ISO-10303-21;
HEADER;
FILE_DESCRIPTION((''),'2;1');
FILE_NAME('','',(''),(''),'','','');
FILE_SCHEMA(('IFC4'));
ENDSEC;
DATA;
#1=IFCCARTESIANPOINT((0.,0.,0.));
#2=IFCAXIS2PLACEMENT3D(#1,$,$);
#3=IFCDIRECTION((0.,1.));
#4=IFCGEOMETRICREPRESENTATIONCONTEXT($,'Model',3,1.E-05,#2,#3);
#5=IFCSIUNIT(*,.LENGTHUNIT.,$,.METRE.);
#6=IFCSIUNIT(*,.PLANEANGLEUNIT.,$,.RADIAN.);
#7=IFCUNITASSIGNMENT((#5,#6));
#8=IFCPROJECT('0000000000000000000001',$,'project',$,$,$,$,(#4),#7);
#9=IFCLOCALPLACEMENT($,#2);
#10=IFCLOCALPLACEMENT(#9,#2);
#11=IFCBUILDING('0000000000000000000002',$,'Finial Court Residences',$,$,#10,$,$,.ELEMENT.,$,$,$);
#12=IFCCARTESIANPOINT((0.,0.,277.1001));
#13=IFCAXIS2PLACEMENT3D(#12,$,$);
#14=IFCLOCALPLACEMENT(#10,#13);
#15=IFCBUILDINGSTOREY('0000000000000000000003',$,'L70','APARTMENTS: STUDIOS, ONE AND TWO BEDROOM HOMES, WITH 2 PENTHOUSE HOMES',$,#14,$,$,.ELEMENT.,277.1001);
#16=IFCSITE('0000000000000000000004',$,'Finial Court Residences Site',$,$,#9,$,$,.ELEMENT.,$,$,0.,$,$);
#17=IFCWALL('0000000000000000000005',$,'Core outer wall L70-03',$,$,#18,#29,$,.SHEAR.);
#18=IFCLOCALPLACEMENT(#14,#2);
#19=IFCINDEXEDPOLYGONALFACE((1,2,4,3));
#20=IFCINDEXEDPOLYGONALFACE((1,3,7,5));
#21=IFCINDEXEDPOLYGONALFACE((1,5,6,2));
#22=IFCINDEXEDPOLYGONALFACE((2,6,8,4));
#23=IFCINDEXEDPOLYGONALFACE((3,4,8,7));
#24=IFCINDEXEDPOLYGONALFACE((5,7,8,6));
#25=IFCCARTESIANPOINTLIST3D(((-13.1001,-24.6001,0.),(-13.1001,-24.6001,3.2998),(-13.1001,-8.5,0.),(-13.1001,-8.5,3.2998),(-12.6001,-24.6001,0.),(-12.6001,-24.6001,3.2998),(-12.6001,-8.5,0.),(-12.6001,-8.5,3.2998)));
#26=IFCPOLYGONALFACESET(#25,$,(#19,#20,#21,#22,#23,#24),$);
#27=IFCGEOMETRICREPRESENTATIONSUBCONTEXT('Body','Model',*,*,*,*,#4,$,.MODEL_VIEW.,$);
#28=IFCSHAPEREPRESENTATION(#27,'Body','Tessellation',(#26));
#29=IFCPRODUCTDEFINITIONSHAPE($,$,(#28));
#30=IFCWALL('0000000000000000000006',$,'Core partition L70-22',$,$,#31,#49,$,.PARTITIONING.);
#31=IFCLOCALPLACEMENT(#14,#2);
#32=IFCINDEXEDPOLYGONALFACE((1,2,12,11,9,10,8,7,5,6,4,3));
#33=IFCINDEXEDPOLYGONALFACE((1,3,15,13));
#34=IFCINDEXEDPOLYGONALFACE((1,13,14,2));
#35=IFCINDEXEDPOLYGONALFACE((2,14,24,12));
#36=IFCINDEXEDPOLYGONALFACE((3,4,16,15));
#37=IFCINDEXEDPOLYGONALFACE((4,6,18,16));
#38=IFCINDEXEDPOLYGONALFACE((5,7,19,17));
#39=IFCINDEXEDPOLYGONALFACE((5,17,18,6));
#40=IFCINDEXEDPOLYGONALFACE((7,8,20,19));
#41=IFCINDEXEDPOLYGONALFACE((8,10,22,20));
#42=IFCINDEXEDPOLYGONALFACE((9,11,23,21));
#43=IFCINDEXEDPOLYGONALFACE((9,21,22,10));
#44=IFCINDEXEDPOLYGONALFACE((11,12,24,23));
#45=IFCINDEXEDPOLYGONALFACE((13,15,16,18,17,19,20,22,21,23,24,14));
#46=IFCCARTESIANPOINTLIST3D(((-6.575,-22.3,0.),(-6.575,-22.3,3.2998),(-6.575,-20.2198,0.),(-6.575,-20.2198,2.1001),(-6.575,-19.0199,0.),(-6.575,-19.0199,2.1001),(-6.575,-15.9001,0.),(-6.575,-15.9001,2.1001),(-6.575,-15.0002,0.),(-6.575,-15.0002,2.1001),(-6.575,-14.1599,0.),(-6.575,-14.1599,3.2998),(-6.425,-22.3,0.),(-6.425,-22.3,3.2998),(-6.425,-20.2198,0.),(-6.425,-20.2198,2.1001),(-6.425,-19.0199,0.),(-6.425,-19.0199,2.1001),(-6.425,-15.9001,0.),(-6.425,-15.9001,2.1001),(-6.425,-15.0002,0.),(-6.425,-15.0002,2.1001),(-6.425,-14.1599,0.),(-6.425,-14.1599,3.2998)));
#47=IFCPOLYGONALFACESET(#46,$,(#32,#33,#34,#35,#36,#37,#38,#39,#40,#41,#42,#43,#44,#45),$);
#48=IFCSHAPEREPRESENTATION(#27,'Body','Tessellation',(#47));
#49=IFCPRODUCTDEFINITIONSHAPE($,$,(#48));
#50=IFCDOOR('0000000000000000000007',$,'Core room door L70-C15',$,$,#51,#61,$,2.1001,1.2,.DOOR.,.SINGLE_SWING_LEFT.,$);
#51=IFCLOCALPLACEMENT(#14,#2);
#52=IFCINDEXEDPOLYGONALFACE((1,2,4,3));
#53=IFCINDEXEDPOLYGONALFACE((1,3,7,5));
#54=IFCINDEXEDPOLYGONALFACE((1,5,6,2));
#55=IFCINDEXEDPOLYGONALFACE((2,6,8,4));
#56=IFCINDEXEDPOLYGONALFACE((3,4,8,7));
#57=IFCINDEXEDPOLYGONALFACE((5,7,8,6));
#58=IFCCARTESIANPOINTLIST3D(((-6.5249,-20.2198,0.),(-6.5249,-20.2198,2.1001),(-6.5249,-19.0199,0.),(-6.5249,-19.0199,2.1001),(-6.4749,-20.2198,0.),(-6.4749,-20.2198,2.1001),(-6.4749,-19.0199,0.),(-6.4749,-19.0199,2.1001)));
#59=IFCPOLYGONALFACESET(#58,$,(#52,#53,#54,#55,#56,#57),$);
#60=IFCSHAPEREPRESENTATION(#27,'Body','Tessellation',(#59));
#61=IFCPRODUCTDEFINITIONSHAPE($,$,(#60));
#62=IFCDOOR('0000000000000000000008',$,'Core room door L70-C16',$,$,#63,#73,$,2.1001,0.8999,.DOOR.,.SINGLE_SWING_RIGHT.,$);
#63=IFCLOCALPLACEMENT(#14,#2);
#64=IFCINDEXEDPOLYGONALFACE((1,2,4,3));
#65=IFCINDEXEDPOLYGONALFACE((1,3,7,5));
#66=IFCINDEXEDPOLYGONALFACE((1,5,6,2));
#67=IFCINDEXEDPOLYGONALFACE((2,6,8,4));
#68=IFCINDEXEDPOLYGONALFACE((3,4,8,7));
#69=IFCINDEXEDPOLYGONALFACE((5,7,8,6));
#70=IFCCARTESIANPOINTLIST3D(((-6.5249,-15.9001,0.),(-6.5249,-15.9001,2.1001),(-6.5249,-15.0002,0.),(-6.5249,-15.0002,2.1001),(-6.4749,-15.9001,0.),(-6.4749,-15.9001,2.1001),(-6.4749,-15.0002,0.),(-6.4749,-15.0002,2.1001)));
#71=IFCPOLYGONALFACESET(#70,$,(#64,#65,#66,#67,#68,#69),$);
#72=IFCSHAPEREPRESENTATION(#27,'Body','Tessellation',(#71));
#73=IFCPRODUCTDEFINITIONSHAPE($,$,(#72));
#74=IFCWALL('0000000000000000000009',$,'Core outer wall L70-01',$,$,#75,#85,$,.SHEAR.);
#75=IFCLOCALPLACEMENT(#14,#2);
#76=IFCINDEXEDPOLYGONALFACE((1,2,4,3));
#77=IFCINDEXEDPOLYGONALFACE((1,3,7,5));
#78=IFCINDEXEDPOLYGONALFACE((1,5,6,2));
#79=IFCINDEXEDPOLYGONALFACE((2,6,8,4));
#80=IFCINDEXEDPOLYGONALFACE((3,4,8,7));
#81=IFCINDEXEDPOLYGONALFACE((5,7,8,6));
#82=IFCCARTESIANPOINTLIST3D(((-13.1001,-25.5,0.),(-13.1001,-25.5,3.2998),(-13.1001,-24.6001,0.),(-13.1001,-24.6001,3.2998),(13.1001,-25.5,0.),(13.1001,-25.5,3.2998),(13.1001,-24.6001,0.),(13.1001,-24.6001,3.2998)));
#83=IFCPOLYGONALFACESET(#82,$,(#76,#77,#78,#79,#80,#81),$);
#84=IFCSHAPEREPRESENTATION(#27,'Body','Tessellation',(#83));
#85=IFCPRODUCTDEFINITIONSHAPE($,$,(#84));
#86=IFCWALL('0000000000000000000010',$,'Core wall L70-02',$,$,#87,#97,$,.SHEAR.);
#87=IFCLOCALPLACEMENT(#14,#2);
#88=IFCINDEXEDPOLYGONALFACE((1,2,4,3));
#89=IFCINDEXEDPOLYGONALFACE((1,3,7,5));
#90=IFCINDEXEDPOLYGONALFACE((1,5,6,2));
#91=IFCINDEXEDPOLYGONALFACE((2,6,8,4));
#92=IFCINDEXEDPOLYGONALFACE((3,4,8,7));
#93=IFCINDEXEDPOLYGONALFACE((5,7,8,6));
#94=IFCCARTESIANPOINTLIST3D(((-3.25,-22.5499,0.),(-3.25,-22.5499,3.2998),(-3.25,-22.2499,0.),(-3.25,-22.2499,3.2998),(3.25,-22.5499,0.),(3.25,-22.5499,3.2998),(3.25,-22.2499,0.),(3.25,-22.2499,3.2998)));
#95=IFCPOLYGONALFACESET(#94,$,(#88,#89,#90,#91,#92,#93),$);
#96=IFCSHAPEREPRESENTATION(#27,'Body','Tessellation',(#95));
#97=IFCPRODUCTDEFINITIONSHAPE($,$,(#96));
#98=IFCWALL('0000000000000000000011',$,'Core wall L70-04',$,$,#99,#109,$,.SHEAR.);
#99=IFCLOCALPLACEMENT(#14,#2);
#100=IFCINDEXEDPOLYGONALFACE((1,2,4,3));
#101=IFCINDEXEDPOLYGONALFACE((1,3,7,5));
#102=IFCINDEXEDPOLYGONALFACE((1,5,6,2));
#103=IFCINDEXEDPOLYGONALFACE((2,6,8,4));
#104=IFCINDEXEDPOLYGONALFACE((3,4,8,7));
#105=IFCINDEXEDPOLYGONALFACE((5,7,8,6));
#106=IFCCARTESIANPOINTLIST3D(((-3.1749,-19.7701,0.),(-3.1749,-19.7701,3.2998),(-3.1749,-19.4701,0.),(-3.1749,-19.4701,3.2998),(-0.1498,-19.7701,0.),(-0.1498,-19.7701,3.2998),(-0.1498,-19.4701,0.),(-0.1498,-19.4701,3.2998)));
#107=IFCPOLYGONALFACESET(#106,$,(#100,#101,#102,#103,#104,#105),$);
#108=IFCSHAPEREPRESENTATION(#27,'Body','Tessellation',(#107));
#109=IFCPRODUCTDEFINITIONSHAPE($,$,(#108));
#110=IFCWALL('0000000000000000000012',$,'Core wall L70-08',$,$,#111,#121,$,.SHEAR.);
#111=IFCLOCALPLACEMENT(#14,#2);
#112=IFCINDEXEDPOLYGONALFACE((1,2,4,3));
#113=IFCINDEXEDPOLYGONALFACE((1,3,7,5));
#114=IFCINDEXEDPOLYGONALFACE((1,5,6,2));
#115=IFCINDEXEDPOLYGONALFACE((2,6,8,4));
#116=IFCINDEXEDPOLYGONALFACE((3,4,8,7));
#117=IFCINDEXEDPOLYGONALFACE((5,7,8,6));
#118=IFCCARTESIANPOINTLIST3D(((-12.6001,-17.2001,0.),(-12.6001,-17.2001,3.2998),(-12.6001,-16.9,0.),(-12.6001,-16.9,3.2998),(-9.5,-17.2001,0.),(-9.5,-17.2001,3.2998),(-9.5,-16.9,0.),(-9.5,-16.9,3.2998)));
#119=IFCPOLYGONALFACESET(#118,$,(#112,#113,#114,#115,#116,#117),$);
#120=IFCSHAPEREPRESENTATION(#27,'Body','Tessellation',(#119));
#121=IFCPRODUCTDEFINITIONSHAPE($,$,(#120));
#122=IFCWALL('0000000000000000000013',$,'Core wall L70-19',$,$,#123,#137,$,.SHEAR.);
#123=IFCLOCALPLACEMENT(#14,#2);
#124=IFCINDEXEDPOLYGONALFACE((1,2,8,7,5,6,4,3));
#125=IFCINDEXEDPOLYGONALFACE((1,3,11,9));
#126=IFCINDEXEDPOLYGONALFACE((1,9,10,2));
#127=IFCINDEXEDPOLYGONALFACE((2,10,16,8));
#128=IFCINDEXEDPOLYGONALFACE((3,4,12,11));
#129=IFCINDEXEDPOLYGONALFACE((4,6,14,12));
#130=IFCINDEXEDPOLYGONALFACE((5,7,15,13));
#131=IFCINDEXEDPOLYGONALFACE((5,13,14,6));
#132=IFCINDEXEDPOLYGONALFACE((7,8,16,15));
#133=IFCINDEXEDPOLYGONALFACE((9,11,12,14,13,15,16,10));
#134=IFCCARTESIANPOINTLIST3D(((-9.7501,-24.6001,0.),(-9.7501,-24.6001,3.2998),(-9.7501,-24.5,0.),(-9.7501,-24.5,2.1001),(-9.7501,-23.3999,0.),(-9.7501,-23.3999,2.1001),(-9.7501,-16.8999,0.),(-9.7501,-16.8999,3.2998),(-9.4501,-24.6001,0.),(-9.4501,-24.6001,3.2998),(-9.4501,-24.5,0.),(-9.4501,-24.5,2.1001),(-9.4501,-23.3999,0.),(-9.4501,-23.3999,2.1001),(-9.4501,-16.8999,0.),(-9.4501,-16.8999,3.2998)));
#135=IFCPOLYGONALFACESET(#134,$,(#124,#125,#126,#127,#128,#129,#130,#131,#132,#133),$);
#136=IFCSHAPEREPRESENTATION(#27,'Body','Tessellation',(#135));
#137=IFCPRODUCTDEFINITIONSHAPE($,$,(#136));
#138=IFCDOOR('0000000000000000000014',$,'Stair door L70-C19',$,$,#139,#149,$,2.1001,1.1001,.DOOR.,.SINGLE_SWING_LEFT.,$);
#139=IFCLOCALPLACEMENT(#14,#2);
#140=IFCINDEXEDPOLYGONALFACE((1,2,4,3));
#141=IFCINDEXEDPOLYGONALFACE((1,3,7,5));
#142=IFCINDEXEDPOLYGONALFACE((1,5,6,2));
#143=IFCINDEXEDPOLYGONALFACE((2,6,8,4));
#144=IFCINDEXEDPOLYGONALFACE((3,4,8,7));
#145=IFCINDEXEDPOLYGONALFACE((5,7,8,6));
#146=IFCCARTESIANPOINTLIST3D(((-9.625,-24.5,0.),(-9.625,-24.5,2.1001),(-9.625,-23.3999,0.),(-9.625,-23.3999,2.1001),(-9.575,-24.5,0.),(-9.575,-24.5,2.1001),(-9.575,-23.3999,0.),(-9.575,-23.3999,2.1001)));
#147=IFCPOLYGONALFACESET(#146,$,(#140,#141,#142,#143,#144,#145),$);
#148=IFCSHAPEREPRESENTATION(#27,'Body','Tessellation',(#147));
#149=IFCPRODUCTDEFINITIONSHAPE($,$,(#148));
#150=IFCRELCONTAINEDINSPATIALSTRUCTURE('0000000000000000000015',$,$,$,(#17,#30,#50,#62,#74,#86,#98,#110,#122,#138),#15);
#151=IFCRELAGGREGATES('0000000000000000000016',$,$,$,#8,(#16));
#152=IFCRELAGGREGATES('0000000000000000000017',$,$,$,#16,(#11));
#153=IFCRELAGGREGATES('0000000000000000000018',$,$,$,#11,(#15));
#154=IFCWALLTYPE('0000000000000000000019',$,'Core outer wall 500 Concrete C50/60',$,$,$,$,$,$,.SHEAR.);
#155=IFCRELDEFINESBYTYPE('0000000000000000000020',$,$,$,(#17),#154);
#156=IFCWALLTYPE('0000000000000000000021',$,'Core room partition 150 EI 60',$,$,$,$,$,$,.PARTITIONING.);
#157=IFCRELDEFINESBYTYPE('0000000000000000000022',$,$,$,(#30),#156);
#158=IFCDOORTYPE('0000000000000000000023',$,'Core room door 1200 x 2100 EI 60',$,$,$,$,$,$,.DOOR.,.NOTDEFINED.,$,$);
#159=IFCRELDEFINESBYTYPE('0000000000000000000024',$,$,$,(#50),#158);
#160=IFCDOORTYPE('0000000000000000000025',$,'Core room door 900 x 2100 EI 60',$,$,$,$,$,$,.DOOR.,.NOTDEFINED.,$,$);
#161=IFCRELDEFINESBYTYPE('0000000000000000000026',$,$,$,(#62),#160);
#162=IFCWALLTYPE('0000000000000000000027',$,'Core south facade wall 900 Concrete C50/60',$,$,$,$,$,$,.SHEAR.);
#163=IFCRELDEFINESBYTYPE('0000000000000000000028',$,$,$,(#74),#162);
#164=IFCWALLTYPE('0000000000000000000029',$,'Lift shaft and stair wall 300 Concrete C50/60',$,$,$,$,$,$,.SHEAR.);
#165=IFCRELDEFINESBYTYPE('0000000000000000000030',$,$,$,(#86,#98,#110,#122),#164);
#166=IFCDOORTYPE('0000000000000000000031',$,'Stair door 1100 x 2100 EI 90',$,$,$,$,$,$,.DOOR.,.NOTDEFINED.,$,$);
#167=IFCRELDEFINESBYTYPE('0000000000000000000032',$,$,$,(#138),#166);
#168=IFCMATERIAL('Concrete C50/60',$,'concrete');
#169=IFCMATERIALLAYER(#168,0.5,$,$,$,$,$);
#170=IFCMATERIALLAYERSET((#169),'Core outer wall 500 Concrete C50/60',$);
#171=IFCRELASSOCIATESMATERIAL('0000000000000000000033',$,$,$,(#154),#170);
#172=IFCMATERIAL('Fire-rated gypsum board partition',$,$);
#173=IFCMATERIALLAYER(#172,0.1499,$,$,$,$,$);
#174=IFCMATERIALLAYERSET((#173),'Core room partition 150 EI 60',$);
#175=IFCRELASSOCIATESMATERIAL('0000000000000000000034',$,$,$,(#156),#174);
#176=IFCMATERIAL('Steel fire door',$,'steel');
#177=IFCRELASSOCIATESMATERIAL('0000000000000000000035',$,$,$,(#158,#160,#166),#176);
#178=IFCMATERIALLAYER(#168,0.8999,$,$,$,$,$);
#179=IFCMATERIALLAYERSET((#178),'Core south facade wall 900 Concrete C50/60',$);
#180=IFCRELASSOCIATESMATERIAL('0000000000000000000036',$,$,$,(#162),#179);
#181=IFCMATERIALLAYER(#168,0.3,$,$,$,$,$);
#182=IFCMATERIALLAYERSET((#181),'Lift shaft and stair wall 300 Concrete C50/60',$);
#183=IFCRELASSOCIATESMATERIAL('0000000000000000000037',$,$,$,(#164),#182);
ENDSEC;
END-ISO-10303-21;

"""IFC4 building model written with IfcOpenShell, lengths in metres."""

from ifc_helpers import new_model, si_unit, direction, frame, frame_2d, origin, place, context, subcontext, project, spatial, rectangle, extrude, material, layer, layer_set, type_object, element, fill, save


model = new_model("IFC4")

# Units and contexts
model_context = context("Model", 3, precision=1e-05, world=origin(), true_north=direction((0.0, 1.0)))
body_context = subcontext(model_context, "Body", "Model", "MODEL_VIEW")
ifc_project = project(units=[si_unit("LENGTHUNIT", "METRE"), si_unit("PLANEANGLEUNIT", "RADIAN")], contexts=[model_context])

# Site, building, storey
site_placement = place(None, origin())
site = spatial("IfcSite", under=ifc_project, at=site_placement, Name="Finial Court Residences Site", CompositionType="ELEMENT", RefElevation=0.0)
building_placement = place(site_placement, origin())
building = spatial("IfcBuilding", under=site, at=building_placement, Name="Finial Court Residences", CompositionType="ELEMENT")
storey_placement = place(building_placement, frame((0.0, 0.0, 277.1001)))
storey = spatial("IfcBuildingStorey", under=building, at=storey_placement, Name="L70", Description="APARTMENTS: STUDIOS, ONE AND TWO BEDROOM HOMES, WITH 2 PENTHOUSE HOMES", CompositionType="ELEMENT", Elevation=277.1001)

# Wall
ifc_material_1 = material(Name="Concrete C50/60", Category="concrete")
ifc_layer_1 = layer(ifc_material_1, 0.5)
ifc_layer_set_1 = layer_set([ifc_layer_1], Name="Core outer wall 500 Concrete C50/60")
wall_type_1 = type_object("IfcWallType", Name="Core outer wall 500 Concrete C50/60", PredefinedType="SHEAR", material=ifc_layer_set_1)
wall_1_placement = place(storey_placement, frame((-12.8501, -24.6001, 0.0), z_axis=(0.0, 0.0, 1.0), x_axis=(0.0, 1.0, 0.0)))
element("IfcWall", 1, at=wall_1_placement, inside=storey, type_object=wall_type_1, Name="Core outer wall L70-03", PredefinedType="SHEAR", context=body_context, shape_type="SweptSolid", body=[
    extrude(rectangle(XDim=16.1001, YDim=0.5, at=frame_2d((8.05, 0.0))), origin(), (0.0, 0.0, 1.0), 3.2998),
])

# Wall, openings, doors
ifc_material_2 = material(Name="Fire-rated gypsum board partition")
ifc_layer_2 = layer(ifc_material_2, 0.1499)
ifc_layer_set_2 = layer_set([ifc_layer_2], Name="Core room partition 150 EI 60")
wall_type_2 = type_object("IfcWallType", Name="Core room partition 150 EI 60", PredefinedType="PARTITIONING", material=ifc_layer_set_2)
wall_2_placement = place(storey_placement, frame((-6.5, -22.3, 0.0), z_axis=(0.0, 0.0, 1.0), x_axis=(0.0, 1.0, 0.0)))
wall_2 = element("IfcWall", 2, at=wall_2_placement, inside=storey, type_object=wall_type_2, Name="Core partition L70-22", PredefinedType="PARTITIONING", context=body_context, shape_type="SweptSolid", body=[
    extrude(rectangle(XDim=8.1401, YDim=0.1499, at=frame_2d((4.0701, 0.0))), origin(), (0.0, 0.0, 1.0), 3.2998),
])
opening_1_placement = place(wall_2_placement, frame((2.0801, 0.0, 0.0)))
opening_1 = element("IfcOpeningElement", 3, at=opening_1_placement, cuts=wall_2, PredefinedType="OPENING", context=body_context, shape_type="SweptSolid", body=[
    extrude(rectangle(XDim=1.2, YDim=2.1001, at=frame_2d((0.6001, 1.05))), frame((0.0, 0.085, 0.0), z_axis=(0.0, -1.0, 0.0), x_axis=(1.0, 0.0, 0.0)), (0.0, 0.0, 1.0), 0.1699),
])
opening_2_placement = place(wall_2_placement, frame((6.3999, 0.0, 0.0)))
opening_2 = element("IfcOpeningElement", 4, at=opening_2_placement, cuts=wall_2, PredefinedType="OPENING", context=body_context, shape_type="SweptSolid", body=[
    extrude(rectangle(XDim=0.8999, YDim=2.1001, at=frame_2d((0.45, 1.05))), frame((0.0, 0.085, 0.0), z_axis=(0.0, -1.0, 0.0), x_axis=(1.0, 0.0, 0.0)), (0.0, 0.0, 1.0), 0.1699),
])
ifc_material_3 = material(Name="Steel fire door", Category="steel")
door_type_1 = type_object("IfcDoorType", Name="Core room door 1200 x 2100 EI 60", OperationType="NOTDEFINED", PredefinedType="DOOR", material=ifc_material_3)
door_1_placement = place(opening_1_placement, origin())
door_1 = element("IfcDoor", 5, at=door_1_placement, inside=storey, type_object=door_type_1, Name="Core room door L70-C15", OperationType="SINGLE_SWING_LEFT", OverallHeight=2.1001, OverallWidth=1.2, PredefinedType="DOOR", context=body_context, shape_type="SweptSolid", body=[
    extrude(rectangle(XDim=1.2, YDim=2.1001, at=frame_2d((0.6001, 1.05))), frame((0.0, 0.0249, 0.0), z_axis=(0.0, -1.0, 0.0), x_axis=(1.0, 0.0, 0.0)), (0.0, 0.0, 1.0), 0.05),
])
fill(opening_1, door_1)
door_type_2 = type_object("IfcDoorType", Name="Core room door 900 x 2100 EI 60", OperationType="NOTDEFINED", PredefinedType="DOOR", material=ifc_material_3)
door_2_placement = place(opening_2_placement, origin())
door_2 = element("IfcDoor", 6, at=door_2_placement, inside=storey, type_object=door_type_2, Name="Core room door L70-C16", OperationType="SINGLE_SWING_RIGHT", OverallHeight=2.1001, OverallWidth=0.8999, PredefinedType="DOOR", context=body_context, shape_type="SweptSolid", body=[
    extrude(rectangle(XDim=0.8999, YDim=2.1001, at=frame_2d((0.45, 1.05))), frame((0.0, 0.0249, 0.0), z_axis=(0.0, -1.0, 0.0), x_axis=(1.0, 0.0, 0.0)), (0.0, 0.0, 1.0), 0.05),
])
fill(opening_2, door_2)

# Walls
ifc_layer_3 = layer(ifc_material_1, 0.8999)
ifc_layer_set_3 = layer_set([ifc_layer_3], Name="Core south facade wall 900 Concrete C50/60")
wall_type_3 = type_object("IfcWallType", Name="Core south facade wall 900 Concrete C50/60", PredefinedType="SHEAR", material=ifc_layer_set_3)
wall_3_placement = place(storey_placement, frame((-13.1001, -25.05, 0.0), z_axis=(0.0, 0.0, 1.0), x_axis=(1.0, 0.0, 0.0)))
element("IfcWall", 7, at=wall_3_placement, inside=storey, type_object=wall_type_3, Name="Core outer wall L70-01", PredefinedType="SHEAR", context=body_context, shape_type="SweptSolid", body=[
    extrude(rectangle(XDim=26.2002, YDim=0.8999, at=frame_2d((13.1001, 0.0))), origin(), (0.0, 0.0, 1.0), 3.2998),
])
ifc_layer_4 = layer(ifc_material_1, 0.3)
ifc_layer_set_4 = layer_set([ifc_layer_4], Name="Lift shaft and stair wall 300 Concrete C50/60")
wall_type_4 = type_object("IfcWallType", Name="Lift shaft and stair wall 300 Concrete C50/60", PredefinedType="SHEAR", material=ifc_layer_set_4)
wall_4_placement = place(storey_placement, frame((-3.25, -22.3999, 0.0), z_axis=(0.0, 0.0, 1.0), x_axis=(1.0, 0.0, 0.0)))
element("IfcWall", 8, at=wall_4_placement, inside=storey, type_object=wall_type_4, Name="Core wall L70-02", PredefinedType="SHEAR", context=body_context, shape_type="SweptSolid", body=[
    extrude(rectangle(XDim=6.5, YDim=0.3, at=frame_2d((3.25, 0.0))), origin(), (0.0, 0.0, 1.0), 3.2998),
])
wall_5_placement = place(storey_placement, frame((-3.175, -19.6201, 0.0), z_axis=(0.0, 0.0, 1.0), x_axis=(1.0, 0.0, 0.0)))
element("IfcWall", 9, at=wall_5_placement, inside=storey, type_object=wall_type_4, Name="Core wall L70-04", PredefinedType="SHEAR", context=body_context, shape_type="SweptSolid", body=[
    extrude(rectangle(XDim=3.0251, YDim=0.3, at=frame_2d((1.5127, 0.0))), origin(), (0.0, 0.0, 1.0), 3.2998),
])
wall_6_placement = place(storey_placement, frame((-12.6001, -17.05, 0.0), z_axis=(0.0, 0.0, 1.0), x_axis=(1.0, 0.0, 0.0)))
element("IfcWall", 10, at=wall_6_placement, inside=storey, type_object=wall_type_4, Name="Core wall L70-08", PredefinedType="SHEAR", context=body_context, shape_type="SweptSolid", body=[
    extrude(rectangle(XDim=3.1001, YDim=0.3, at=frame_2d((1.55, 0.0))), origin(), (0.0, 0.0, 1.0), 3.2998),
])

# Wall, opening, door
wall_7_placement = place(storey_placement, frame((-9.6001, -24.6001, 0.0), z_axis=(0.0, 0.0, 1.0), x_axis=(0.0, 1.0, 0.0)))
wall_7 = element("IfcWall", 11, at=wall_7_placement, inside=storey, type_object=wall_type_4, Name="Core wall L70-19", PredefinedType="SHEAR", context=body_context, shape_type="SweptSolid", body=[
    extrude(rectangle(XDim=7.7002, YDim=0.3, at=frame_2d((3.8501, 0.0))), origin(), (0.0, 0.0, 1.0), 3.2998),
])
opening_3_placement = place(wall_7_placement, frame((0.1001, 0.0, 0.0)))
opening_3 = element("IfcOpeningElement", 12, at=opening_3_placement, cuts=wall_7, PredefinedType="OPENING", context=body_context, shape_type="SweptSolid", body=[
    extrude(rectangle(XDim=1.1001, YDim=2.1001, at=frame_2d((0.55, 1.05))), frame((0.0, 0.1599, 0.0), z_axis=(0.0, -1.0, 0.0), x_axis=(1.0, 0.0, 0.0)), (0.0, 0.0, 1.0), 0.3201),
])
door_type_3 = type_object("IfcDoorType", Name="Stair door 1100 x 2100 EI 90", OperationType="NOTDEFINED", PredefinedType="DOOR", material=ifc_material_3)
door_3_placement = place(opening_3_placement, origin())
door_3 = element("IfcDoor", 13, at=door_3_placement, inside=storey, type_object=door_type_3, Name="Stair door L70-C19", OperationType="SINGLE_SWING_LEFT", OverallHeight=2.1001, OverallWidth=1.1001, PredefinedType="DOOR", context=body_context, shape_type="SweptSolid", body=[
    extrude(rectangle(XDim=1.1001, YDim=2.1001, at=frame_2d((0.55, 1.05))), frame((0.0, 0.0249, 0.0), z_axis=(0.0, -1.0, 0.0), x_axis=(1.0, 0.0, 0.0)), (0.0, 0.0, 1.0), 0.05),
])
fill(opening_3, door_3)

save(model, "model.ifc")
